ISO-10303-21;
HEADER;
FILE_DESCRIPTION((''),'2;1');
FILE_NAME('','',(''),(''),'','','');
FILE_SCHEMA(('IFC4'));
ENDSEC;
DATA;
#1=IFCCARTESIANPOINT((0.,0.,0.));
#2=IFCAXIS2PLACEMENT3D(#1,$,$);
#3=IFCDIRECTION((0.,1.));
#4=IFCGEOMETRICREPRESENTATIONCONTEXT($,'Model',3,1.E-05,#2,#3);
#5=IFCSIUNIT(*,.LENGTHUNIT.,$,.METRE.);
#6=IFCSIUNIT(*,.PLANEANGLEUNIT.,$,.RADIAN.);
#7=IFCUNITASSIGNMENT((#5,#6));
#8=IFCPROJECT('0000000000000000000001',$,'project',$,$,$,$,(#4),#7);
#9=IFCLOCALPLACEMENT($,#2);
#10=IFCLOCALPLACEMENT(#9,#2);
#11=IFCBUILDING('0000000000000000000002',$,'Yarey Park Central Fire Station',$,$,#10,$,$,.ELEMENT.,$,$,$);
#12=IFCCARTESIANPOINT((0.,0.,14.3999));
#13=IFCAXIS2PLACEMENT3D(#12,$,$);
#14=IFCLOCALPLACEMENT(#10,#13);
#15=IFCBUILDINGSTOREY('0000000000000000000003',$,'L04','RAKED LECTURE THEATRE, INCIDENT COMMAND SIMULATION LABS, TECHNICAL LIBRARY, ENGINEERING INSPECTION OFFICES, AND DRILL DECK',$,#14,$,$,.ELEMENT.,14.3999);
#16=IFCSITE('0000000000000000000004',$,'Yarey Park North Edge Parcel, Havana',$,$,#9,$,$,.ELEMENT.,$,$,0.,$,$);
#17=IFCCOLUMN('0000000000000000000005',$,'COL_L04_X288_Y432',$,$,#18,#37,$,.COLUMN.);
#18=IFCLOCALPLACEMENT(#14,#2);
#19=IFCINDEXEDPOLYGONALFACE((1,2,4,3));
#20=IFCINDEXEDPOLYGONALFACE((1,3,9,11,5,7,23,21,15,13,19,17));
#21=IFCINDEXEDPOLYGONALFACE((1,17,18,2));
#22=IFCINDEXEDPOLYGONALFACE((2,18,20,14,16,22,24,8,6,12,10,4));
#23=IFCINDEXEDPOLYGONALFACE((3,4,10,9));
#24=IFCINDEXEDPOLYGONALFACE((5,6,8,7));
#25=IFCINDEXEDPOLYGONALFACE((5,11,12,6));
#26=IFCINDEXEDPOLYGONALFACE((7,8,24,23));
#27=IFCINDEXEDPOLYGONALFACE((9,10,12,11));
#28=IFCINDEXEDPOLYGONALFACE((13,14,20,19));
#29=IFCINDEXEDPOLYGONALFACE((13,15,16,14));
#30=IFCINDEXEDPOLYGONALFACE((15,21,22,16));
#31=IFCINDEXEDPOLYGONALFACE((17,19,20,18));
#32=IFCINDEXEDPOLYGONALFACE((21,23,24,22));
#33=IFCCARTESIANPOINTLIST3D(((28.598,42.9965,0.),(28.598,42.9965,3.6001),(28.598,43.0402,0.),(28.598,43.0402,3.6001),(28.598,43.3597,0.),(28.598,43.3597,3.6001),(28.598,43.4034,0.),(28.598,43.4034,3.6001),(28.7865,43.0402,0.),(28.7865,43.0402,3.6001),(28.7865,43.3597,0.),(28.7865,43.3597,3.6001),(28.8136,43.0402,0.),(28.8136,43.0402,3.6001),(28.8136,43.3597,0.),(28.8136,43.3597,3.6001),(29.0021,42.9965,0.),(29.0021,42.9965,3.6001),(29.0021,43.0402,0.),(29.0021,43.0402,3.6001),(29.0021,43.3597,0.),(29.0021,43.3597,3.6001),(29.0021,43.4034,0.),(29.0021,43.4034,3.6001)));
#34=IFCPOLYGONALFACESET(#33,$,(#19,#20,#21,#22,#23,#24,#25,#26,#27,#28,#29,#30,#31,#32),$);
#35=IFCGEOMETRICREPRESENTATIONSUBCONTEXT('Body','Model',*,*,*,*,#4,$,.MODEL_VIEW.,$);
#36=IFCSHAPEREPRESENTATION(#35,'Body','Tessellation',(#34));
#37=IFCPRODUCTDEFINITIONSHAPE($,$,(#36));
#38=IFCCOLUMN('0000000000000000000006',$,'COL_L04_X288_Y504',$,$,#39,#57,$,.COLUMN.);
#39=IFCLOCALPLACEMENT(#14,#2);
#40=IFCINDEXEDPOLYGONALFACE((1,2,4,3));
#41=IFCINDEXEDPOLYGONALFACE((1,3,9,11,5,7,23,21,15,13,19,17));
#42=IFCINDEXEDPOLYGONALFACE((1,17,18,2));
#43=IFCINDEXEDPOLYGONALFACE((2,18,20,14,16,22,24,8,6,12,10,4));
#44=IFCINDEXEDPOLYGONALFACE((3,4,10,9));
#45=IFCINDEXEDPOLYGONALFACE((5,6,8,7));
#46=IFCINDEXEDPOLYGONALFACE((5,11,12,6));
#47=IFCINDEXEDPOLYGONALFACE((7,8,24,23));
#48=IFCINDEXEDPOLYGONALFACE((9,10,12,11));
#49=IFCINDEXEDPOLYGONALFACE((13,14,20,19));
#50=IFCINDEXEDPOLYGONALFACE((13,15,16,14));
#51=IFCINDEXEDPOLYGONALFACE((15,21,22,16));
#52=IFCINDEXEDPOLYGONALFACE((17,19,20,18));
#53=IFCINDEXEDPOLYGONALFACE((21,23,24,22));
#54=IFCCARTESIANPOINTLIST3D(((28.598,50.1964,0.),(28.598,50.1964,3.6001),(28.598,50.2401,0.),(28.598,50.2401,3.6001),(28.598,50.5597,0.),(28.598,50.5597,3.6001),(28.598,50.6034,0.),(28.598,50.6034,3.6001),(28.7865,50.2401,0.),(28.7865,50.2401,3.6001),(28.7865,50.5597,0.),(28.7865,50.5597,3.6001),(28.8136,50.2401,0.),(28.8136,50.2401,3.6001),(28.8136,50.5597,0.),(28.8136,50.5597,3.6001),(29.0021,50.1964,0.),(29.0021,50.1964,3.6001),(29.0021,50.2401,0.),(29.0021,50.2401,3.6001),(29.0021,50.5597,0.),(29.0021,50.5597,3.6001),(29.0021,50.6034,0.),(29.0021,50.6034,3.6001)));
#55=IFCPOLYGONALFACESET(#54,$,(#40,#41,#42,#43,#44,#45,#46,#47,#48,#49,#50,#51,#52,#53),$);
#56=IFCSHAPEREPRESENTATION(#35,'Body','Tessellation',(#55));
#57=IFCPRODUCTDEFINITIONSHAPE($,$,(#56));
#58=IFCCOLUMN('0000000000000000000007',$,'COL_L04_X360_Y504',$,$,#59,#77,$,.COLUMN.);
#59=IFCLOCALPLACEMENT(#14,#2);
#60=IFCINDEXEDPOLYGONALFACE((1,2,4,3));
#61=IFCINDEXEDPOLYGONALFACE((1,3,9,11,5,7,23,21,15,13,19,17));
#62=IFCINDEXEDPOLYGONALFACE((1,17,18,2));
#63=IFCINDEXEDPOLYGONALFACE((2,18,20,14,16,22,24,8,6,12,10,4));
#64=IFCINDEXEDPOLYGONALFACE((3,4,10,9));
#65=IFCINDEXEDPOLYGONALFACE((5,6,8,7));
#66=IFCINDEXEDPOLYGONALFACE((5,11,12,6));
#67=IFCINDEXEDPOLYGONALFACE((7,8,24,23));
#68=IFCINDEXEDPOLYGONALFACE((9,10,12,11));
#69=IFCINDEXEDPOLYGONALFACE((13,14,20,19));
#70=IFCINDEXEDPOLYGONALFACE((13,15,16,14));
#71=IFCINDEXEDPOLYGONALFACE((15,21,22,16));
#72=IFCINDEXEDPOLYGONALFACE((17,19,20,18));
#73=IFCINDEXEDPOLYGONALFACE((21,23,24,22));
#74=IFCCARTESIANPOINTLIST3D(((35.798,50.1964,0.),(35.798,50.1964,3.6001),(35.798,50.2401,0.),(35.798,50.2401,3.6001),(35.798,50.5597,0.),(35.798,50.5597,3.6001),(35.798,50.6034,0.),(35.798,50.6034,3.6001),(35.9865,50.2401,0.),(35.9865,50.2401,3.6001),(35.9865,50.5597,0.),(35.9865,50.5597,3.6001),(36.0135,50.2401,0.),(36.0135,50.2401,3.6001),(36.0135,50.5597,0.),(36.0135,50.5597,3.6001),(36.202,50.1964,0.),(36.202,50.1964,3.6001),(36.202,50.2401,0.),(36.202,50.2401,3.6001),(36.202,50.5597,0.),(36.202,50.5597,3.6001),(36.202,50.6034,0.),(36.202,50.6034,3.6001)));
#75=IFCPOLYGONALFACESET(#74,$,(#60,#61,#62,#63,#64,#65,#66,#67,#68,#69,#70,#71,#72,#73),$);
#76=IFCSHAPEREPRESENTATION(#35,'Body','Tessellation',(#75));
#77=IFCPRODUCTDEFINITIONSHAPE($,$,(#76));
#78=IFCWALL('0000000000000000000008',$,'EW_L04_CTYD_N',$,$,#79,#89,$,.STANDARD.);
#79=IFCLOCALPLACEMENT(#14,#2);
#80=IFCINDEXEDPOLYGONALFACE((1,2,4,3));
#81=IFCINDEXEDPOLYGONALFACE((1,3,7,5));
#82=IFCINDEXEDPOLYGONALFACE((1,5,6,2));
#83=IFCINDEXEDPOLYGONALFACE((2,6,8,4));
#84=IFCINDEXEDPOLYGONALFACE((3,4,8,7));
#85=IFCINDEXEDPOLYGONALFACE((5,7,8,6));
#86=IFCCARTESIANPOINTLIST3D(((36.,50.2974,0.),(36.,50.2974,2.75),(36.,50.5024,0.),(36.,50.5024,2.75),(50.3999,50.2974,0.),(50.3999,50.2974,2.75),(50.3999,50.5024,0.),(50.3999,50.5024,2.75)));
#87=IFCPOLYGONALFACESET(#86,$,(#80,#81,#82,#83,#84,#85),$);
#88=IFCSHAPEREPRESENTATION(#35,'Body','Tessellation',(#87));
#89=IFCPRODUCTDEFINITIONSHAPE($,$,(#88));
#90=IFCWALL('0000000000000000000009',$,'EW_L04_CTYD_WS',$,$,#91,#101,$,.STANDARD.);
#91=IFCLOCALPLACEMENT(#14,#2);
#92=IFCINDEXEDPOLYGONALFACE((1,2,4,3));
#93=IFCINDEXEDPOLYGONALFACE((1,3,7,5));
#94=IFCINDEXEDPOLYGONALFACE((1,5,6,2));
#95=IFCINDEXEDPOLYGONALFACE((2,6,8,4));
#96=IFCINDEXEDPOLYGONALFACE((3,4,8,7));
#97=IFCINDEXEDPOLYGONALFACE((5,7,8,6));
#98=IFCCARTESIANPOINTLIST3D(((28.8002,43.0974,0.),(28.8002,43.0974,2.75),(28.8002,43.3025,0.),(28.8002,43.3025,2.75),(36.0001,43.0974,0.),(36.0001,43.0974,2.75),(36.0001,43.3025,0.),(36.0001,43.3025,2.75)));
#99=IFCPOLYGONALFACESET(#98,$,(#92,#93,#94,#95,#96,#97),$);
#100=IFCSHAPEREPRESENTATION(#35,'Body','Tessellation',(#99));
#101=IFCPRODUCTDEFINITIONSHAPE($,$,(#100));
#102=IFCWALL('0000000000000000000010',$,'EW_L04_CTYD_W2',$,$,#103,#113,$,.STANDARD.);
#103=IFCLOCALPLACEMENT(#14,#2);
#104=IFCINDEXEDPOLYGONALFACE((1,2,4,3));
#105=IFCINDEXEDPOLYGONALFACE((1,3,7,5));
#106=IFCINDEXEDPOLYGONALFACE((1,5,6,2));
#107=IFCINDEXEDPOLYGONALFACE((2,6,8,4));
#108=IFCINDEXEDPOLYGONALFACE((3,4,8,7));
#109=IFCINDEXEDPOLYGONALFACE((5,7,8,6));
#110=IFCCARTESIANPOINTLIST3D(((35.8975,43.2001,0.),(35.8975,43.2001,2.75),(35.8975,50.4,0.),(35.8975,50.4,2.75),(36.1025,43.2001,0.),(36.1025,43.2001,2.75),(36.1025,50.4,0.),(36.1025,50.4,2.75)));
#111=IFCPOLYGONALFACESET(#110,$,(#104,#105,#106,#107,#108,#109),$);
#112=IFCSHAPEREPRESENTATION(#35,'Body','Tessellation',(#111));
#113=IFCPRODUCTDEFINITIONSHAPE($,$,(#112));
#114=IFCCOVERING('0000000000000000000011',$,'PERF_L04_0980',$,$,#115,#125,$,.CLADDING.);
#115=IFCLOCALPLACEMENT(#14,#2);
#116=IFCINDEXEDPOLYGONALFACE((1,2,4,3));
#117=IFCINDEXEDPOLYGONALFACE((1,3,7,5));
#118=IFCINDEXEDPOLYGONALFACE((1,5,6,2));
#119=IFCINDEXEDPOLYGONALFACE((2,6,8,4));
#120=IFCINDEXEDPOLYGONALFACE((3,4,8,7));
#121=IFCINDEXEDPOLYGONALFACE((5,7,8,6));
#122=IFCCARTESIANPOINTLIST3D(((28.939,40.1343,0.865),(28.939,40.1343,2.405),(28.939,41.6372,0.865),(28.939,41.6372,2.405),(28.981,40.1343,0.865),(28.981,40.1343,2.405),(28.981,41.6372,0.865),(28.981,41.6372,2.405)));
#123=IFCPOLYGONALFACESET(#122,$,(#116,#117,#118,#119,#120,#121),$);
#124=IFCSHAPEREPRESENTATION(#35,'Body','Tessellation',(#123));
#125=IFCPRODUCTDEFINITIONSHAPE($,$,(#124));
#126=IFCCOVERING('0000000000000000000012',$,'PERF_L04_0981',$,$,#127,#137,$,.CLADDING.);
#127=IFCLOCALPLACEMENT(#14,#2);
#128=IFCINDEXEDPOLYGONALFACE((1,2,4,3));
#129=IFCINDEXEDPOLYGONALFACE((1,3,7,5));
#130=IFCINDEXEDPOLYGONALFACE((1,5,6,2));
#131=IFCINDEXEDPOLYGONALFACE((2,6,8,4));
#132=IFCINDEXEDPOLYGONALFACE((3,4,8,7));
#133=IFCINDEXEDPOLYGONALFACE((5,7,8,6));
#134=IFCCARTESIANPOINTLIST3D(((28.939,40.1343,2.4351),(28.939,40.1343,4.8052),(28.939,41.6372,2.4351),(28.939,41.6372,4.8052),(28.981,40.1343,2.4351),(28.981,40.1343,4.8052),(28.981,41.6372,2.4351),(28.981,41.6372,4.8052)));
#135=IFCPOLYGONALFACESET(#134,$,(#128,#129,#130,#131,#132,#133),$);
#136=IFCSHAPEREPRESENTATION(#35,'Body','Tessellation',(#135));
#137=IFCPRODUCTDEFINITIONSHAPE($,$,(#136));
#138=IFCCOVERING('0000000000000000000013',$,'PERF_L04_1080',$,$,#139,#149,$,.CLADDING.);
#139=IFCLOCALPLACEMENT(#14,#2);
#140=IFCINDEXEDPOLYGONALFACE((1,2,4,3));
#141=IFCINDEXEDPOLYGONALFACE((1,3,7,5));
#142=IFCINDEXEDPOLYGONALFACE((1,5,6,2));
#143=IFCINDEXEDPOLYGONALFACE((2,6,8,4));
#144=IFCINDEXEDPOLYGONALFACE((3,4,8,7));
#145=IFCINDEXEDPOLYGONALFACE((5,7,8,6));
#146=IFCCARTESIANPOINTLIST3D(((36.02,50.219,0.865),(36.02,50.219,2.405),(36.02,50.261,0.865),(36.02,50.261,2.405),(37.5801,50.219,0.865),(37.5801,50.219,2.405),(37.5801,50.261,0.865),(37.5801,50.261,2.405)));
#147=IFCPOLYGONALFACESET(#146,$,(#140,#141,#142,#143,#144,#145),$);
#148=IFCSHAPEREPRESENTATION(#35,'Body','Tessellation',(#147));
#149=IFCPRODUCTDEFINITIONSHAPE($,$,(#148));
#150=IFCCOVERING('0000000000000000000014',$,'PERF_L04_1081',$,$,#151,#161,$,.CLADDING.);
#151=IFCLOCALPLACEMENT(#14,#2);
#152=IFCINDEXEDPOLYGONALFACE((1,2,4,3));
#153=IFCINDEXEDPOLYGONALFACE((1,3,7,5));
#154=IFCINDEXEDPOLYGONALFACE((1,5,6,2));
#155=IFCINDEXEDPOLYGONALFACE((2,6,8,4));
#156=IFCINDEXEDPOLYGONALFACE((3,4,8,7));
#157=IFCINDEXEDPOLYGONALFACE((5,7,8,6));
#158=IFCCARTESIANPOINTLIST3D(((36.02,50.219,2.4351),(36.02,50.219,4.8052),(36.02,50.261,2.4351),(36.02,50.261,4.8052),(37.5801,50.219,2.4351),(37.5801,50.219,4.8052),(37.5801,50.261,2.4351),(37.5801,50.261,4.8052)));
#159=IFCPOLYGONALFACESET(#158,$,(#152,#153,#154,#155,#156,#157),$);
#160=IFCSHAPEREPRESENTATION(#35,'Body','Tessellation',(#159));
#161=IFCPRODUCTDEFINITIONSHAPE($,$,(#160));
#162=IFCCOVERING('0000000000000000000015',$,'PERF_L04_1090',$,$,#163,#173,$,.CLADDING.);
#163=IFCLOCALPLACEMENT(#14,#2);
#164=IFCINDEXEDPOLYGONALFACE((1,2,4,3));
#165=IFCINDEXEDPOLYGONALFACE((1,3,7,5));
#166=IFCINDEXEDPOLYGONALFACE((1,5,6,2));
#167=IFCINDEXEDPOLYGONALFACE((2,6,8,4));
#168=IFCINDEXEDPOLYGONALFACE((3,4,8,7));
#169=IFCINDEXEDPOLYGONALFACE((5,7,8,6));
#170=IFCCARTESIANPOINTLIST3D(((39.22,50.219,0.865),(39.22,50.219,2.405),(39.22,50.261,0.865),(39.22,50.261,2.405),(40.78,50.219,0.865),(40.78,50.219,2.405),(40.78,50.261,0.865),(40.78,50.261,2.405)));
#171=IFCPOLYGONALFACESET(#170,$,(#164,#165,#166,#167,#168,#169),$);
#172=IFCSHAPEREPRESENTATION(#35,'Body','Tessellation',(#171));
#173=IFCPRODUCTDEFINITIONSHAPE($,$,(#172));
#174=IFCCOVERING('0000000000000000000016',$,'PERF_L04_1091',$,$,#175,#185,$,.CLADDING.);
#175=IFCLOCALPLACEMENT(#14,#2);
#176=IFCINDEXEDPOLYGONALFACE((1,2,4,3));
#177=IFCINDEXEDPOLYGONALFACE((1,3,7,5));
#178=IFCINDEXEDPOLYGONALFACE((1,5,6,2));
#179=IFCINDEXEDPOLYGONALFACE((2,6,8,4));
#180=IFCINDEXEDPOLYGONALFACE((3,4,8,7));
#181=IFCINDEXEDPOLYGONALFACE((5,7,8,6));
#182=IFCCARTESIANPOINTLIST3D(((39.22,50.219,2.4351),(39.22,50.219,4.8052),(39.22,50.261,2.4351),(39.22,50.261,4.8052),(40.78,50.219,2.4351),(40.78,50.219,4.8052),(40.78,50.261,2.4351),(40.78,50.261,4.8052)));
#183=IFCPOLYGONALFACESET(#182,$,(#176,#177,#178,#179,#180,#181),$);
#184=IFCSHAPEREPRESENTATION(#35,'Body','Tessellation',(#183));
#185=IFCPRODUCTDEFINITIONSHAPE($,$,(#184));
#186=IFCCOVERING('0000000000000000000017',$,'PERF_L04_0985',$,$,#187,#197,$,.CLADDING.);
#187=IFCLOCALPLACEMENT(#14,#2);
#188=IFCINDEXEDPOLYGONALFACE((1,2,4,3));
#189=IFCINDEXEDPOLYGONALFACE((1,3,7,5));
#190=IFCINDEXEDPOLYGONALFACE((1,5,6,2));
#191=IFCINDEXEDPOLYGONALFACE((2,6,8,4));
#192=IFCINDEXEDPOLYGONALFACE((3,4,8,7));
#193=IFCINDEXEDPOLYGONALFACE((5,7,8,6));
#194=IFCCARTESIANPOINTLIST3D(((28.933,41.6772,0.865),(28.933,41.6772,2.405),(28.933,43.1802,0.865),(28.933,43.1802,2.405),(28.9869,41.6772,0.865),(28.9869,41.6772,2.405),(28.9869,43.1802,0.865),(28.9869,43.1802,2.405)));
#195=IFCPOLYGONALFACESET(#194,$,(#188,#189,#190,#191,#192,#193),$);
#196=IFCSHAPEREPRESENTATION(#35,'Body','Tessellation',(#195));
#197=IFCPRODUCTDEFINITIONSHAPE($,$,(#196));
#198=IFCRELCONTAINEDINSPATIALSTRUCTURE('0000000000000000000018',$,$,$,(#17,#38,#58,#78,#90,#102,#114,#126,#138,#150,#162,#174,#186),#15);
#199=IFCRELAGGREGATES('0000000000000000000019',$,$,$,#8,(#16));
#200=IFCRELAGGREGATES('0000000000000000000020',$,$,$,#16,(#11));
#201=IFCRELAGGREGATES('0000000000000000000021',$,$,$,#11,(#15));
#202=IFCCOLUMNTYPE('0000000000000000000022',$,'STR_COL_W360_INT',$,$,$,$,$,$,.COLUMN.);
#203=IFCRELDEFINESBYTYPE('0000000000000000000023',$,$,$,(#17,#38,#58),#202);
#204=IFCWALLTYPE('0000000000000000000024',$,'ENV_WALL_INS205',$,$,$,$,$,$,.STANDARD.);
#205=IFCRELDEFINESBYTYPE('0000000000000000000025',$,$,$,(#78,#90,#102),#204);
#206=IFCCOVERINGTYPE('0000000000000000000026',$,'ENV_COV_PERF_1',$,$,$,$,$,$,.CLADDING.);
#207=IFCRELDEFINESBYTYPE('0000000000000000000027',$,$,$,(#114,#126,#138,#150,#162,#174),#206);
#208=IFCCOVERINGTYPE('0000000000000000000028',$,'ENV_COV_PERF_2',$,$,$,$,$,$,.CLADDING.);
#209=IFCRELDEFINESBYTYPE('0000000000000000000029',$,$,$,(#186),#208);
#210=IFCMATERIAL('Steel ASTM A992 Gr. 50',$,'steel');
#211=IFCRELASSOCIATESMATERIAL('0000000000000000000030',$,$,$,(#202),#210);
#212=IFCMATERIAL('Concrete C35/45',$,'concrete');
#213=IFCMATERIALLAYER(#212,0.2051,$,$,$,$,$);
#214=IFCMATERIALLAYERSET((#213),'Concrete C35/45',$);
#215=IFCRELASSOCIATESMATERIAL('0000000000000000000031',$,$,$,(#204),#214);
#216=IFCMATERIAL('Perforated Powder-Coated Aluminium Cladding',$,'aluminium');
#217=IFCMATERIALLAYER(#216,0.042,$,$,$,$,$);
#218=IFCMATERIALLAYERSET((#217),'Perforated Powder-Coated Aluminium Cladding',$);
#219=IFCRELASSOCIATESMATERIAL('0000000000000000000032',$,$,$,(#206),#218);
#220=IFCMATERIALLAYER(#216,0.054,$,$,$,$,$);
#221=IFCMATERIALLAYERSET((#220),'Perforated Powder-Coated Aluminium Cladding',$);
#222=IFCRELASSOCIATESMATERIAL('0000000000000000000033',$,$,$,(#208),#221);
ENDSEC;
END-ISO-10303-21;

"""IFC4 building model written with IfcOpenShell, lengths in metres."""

from ifc_helpers import new_model, si_unit, direction, frame, frame_2d, origin, origin_2d, place, context, subcontext, project, spatial, rectangle, i_section, extrude, material, layer, layer_set, material_profile, profile_set, type_object, element, save


model = new_model("IFC4")

# Units and contexts
model_context = context("Model", 3, precision=1e-05, world=origin(), true_north=direction((0.0, 1.0)))
body_context = subcontext(model_context, "Body", "Model", "MODEL_VIEW")
ifc_project = project(units=[si_unit("LENGTHUNIT", "METRE"), si_unit("PLANEANGLEUNIT", "RADIAN")], contexts=[model_context])

# Site, building, storey
site_placement = place(None, origin())
site = spatial("IfcSite", under=ifc_project, at=site_placement, Name="Yarey Park North Edge Parcel, Havana", CompositionType="ELEMENT", RefElevation=0.0)
building_placement = place(site_placement, origin())
building = spatial("IfcBuilding", under=site, at=building_placement, Name="Yarey Park Central Fire Station", CompositionType="ELEMENT")
storey_placement = place(building_placement, frame((0.0, 0.0, 14.3999)))
storey = spatial("IfcBuildingStorey", under=building, at=storey_placement, Name="L04", Description="RAKED LECTURE THEATRE, INCIDENT COMMAND SIMULATION LABS, TECHNICAL LIBRARY, ENGINEERING INSPECTION OFFICES, AND DRILL DECK", CompositionType="ELEMENT", Elevation=14.3999)

# Columns
ifc_material_1 = material(Name="Steel ASTM A992 Gr. 50", Category="steel")
ifc_material_profile = material_profile(ifc_material_1, i_section(OverallWidth=0.4041, OverallDepth=0.407, WebThickness=0.0271, FlangeThickness=0.0437, at=origin_2d()), Name="W360x347")
ifc_profile_set = profile_set([ifc_material_profile], Name="Steel ASTM A992 Gr. 50")
column_type = type_object("IfcColumnType", Name="STR_COL_W360_INT", PredefinedType="COLUMN", material=ifc_profile_set)
for number, where, z_axis, x_axis, name in (
    (1, (28.8, 43.2, 0.0), (0.0, 0.0, 1.0), (1.0, 0.0, 0.0), "COL_L04_X288_Y432"),
    (2, (28.8, 50.3999, 0.0), (0.0, 0.0, 1.0), (1.0, 0.0, 0.0), "COL_L04_X288_Y504"),
    (3, (36.0, 50.3999, 0.0), (0.0, 0.0, 1.0), (1.0, 0.0, 0.0), "COL_L04_X360_Y504"),
):
    element("IfcColumn", number, at=place(storey_placement, frame(where, z_axis=z_axis, x_axis=x_axis)), inside=storey, type_object=column_type, Name=name, PredefinedType="COLUMN", context=body_context, shape_type="SweptSolid", body=[
        extrude(i_section(OverallWidth=0.4041, OverallDepth=0.407, WebThickness=0.0271, FlangeThickness=0.0437, at=origin_2d()), origin(), (0.0, 0.0, 1.0), 3.6001),
    ])

# Walls
ifc_material_2 = material(Name="Concrete C35/45", Category="concrete")
ifc_layer_1 = layer(ifc_material_2, 0.2051)
ifc_layer_set_1 = layer_set([ifc_layer_1], Name="Concrete C35/45")
wall_type = type_object("IfcWallType", Name="ENV_WALL_INS205", PredefinedType="STANDARD", material=ifc_layer_set_1)
wall_placement = place(storey_placement, frame((36.0, 50.3999, 0.0), z_axis=(0.0, 0.0, 1.0), x_axis=(1.0, 0.0, 0.0)))
element("IfcWall", 4, at=wall_placement, inside=storey, type_object=wall_type, Name="EW_L04_CTYD_N", PredefinedType="STANDARD", context=body_context, shape_type="SweptSolid", body=[
    extrude(rectangle(XDim=14.3999, YDim=0.2051, at=frame_2d((7.2, 0.0))), origin(), (0.0, 0.0, 1.0), 2.75),
])
for number, where, z_axis, x_axis, name in (
    (5, (28.8, 43.2, 0.0), (0.0, 0.0, 1.0), (1.0, 0.0, 0.0), "EW_L04_CTYD_WS"),
    (6, (36.0, 43.2, 0.0), (0.0, 0.0, 1.0), (0.0, 1.0, 0.0), "EW_L04_CTYD_W2"),
):
    element("IfcWall", number, at=place(storey_placement, frame(where, z_axis=z_axis, x_axis=x_axis)), inside=storey, type_object=wall_type, Name=name, PredefinedType="STANDARD", context=body_context, shape_type="SweptSolid", body=[
        extrude(rectangle(XDim=7.2, YDim=0.2051, at=frame_2d((3.6001, 0.0))), origin(), (0.0, 0.0, 1.0), 2.75),
    ])

# Coverings
ifc_material_3 = material(Name="Perforated Powder-Coated Aluminium Cladding", Category="aluminium")
ifc_layer_2 = layer(ifc_material_3, 0.042)
ifc_layer_set_2 = layer_set([ifc_layer_2], Name="Perforated Powder-Coated Aluminium Cladding")
covering_type_1 = type_object("IfcCoveringType", Name="ENV_COV_PERF_1", PredefinedType="CLADDING", material=ifc_layer_set_2)
covering_1_placement = place(storey_placement, frame((28.96, 40.8857, 0.865), z_axis=(0.0, 0.0, 1.0), x_axis=(0.0, 1.0, 0.0)))
element("IfcCovering", 7, at=covering_1_placement, inside=storey, type_object=covering_type_1, Name="PERF_L04_0980", PredefinedType="CLADDING", context=body_context, shape_type="SweptSolid", body=[
    extrude(rectangle(XDim=1.5029, YDim=0.042, at=origin_2d()), origin(), (0.0, 0.0, 1.0), 1.54),
])
covering_2_placement = place(storey_placement, frame((28.96, 40.8857, 2.4351), z_axis=(0.0, 0.0, 1.0), x_axis=(0.0, 1.0, 0.0)))
element("IfcCovering", 8, at=covering_2_placement, inside=storey, type_object=covering_type_1, Name="PERF_L04_0981", PredefinedType="CLADDING", context=body_context, shape_type="SweptSolid", body=[
    extrude(rectangle(XDim=1.5029, YDim=0.042, at=origin_2d()), origin(), (0.0, 0.0, 1.0), 2.3701),
])
covering_3_placement = place(storey_placement, frame((36.8, 50.24, 0.865), z_axis=(0.0, 0.0, 1.0), x_axis=(1.0, 0.0, 0.0)))
element("IfcCovering", 9, at=covering_3_placement, inside=storey, type_object=covering_type_1, Name="PERF_L04_1080", PredefinedType="CLADDING", context=body_context, shape_type="SweptSolid", body=[
    extrude(rectangle(XDim=1.5601, YDim=0.042, at=origin_2d()), origin(), (0.0, 0.0, 1.0), 1.54),
])
covering_4_placement = place(storey_placement, frame((36.8, 50.24, 2.4351), z_axis=(0.0, 0.0, 1.0), x_axis=(1.0, 0.0, 0.0)))
element("IfcCovering", 10, at=covering_4_placement, inside=storey, type_object=covering_type_1, Name="PERF_L04_1081", PredefinedType="CLADDING", context=body_context, shape_type="SweptSolid", body=[
    extrude(rectangle(XDim=1.5601, YDim=0.042, at=origin_2d()), origin(), (0.0, 0.0, 1.0), 2.3701),
])
covering_5_placement = place(storey_placement, frame((40.0, 50.24, 0.865), z_axis=(0.0, 0.0, 1.0), x_axis=(1.0, 0.0, 0.0)))
element("IfcCovering", 11, at=covering_5_placement, inside=storey, type_object=covering_type_1, Name="PERF_L04_1090", PredefinedType="CLADDING", context=body_context, shape_type="SweptSolid", body=[
    extrude(rectangle(XDim=1.5601, YDim=0.042, at=origin_2d()), origin(), (0.0, 0.0, 1.0), 1.54),
])
covering_6_placement = place(storey_placement, frame((40.0, 50.24, 2.4351), z_axis=(0.0, 0.0, 1.0), x_axis=(1.0, 0.0, 0.0)))
element("IfcCovering", 12, at=covering_6_placement, inside=storey, type_object=covering_type_1, Name="PERF_L04_1091", PredefinedType="CLADDING", context=body_context, shape_type="SweptSolid", body=[
    extrude(rectangle(XDim=1.5601, YDim=0.042, at=origin_2d()), origin(), (0.0, 0.0, 1.0), 2.3701),
])
ifc_layer_3 = layer(ifc_material_3, 0.054)
ifc_layer_set_3 = layer_set([ifc_layer_3], Name="Perforated Powder-Coated Aluminium Cladding")
covering_type_2 = type_object("IfcCoveringType", Name="ENV_COV_PERF_2", PredefinedType="CLADDING", material=ifc_layer_set_3)
covering_7_placement = place(storey_placement, frame((28.96, 42.4287, 0.865), z_axis=(0.0, 0.0, 1.0), x_axis=(0.0, 1.0, 0.0)))
element("IfcCovering", 13, at=covering_7_placement, inside=storey, type_object=covering_type_2, Name="PERF_L04_0985", PredefinedType="CLADDING", context=body_context, shape_type="SweptSolid", body=[
    extrude(rectangle(XDim=1.5029, YDim=0.054, at=origin_2d()), origin(), (0.0, 0.0, 1.0), 1.54),
])

save(model, "model.ifc")
